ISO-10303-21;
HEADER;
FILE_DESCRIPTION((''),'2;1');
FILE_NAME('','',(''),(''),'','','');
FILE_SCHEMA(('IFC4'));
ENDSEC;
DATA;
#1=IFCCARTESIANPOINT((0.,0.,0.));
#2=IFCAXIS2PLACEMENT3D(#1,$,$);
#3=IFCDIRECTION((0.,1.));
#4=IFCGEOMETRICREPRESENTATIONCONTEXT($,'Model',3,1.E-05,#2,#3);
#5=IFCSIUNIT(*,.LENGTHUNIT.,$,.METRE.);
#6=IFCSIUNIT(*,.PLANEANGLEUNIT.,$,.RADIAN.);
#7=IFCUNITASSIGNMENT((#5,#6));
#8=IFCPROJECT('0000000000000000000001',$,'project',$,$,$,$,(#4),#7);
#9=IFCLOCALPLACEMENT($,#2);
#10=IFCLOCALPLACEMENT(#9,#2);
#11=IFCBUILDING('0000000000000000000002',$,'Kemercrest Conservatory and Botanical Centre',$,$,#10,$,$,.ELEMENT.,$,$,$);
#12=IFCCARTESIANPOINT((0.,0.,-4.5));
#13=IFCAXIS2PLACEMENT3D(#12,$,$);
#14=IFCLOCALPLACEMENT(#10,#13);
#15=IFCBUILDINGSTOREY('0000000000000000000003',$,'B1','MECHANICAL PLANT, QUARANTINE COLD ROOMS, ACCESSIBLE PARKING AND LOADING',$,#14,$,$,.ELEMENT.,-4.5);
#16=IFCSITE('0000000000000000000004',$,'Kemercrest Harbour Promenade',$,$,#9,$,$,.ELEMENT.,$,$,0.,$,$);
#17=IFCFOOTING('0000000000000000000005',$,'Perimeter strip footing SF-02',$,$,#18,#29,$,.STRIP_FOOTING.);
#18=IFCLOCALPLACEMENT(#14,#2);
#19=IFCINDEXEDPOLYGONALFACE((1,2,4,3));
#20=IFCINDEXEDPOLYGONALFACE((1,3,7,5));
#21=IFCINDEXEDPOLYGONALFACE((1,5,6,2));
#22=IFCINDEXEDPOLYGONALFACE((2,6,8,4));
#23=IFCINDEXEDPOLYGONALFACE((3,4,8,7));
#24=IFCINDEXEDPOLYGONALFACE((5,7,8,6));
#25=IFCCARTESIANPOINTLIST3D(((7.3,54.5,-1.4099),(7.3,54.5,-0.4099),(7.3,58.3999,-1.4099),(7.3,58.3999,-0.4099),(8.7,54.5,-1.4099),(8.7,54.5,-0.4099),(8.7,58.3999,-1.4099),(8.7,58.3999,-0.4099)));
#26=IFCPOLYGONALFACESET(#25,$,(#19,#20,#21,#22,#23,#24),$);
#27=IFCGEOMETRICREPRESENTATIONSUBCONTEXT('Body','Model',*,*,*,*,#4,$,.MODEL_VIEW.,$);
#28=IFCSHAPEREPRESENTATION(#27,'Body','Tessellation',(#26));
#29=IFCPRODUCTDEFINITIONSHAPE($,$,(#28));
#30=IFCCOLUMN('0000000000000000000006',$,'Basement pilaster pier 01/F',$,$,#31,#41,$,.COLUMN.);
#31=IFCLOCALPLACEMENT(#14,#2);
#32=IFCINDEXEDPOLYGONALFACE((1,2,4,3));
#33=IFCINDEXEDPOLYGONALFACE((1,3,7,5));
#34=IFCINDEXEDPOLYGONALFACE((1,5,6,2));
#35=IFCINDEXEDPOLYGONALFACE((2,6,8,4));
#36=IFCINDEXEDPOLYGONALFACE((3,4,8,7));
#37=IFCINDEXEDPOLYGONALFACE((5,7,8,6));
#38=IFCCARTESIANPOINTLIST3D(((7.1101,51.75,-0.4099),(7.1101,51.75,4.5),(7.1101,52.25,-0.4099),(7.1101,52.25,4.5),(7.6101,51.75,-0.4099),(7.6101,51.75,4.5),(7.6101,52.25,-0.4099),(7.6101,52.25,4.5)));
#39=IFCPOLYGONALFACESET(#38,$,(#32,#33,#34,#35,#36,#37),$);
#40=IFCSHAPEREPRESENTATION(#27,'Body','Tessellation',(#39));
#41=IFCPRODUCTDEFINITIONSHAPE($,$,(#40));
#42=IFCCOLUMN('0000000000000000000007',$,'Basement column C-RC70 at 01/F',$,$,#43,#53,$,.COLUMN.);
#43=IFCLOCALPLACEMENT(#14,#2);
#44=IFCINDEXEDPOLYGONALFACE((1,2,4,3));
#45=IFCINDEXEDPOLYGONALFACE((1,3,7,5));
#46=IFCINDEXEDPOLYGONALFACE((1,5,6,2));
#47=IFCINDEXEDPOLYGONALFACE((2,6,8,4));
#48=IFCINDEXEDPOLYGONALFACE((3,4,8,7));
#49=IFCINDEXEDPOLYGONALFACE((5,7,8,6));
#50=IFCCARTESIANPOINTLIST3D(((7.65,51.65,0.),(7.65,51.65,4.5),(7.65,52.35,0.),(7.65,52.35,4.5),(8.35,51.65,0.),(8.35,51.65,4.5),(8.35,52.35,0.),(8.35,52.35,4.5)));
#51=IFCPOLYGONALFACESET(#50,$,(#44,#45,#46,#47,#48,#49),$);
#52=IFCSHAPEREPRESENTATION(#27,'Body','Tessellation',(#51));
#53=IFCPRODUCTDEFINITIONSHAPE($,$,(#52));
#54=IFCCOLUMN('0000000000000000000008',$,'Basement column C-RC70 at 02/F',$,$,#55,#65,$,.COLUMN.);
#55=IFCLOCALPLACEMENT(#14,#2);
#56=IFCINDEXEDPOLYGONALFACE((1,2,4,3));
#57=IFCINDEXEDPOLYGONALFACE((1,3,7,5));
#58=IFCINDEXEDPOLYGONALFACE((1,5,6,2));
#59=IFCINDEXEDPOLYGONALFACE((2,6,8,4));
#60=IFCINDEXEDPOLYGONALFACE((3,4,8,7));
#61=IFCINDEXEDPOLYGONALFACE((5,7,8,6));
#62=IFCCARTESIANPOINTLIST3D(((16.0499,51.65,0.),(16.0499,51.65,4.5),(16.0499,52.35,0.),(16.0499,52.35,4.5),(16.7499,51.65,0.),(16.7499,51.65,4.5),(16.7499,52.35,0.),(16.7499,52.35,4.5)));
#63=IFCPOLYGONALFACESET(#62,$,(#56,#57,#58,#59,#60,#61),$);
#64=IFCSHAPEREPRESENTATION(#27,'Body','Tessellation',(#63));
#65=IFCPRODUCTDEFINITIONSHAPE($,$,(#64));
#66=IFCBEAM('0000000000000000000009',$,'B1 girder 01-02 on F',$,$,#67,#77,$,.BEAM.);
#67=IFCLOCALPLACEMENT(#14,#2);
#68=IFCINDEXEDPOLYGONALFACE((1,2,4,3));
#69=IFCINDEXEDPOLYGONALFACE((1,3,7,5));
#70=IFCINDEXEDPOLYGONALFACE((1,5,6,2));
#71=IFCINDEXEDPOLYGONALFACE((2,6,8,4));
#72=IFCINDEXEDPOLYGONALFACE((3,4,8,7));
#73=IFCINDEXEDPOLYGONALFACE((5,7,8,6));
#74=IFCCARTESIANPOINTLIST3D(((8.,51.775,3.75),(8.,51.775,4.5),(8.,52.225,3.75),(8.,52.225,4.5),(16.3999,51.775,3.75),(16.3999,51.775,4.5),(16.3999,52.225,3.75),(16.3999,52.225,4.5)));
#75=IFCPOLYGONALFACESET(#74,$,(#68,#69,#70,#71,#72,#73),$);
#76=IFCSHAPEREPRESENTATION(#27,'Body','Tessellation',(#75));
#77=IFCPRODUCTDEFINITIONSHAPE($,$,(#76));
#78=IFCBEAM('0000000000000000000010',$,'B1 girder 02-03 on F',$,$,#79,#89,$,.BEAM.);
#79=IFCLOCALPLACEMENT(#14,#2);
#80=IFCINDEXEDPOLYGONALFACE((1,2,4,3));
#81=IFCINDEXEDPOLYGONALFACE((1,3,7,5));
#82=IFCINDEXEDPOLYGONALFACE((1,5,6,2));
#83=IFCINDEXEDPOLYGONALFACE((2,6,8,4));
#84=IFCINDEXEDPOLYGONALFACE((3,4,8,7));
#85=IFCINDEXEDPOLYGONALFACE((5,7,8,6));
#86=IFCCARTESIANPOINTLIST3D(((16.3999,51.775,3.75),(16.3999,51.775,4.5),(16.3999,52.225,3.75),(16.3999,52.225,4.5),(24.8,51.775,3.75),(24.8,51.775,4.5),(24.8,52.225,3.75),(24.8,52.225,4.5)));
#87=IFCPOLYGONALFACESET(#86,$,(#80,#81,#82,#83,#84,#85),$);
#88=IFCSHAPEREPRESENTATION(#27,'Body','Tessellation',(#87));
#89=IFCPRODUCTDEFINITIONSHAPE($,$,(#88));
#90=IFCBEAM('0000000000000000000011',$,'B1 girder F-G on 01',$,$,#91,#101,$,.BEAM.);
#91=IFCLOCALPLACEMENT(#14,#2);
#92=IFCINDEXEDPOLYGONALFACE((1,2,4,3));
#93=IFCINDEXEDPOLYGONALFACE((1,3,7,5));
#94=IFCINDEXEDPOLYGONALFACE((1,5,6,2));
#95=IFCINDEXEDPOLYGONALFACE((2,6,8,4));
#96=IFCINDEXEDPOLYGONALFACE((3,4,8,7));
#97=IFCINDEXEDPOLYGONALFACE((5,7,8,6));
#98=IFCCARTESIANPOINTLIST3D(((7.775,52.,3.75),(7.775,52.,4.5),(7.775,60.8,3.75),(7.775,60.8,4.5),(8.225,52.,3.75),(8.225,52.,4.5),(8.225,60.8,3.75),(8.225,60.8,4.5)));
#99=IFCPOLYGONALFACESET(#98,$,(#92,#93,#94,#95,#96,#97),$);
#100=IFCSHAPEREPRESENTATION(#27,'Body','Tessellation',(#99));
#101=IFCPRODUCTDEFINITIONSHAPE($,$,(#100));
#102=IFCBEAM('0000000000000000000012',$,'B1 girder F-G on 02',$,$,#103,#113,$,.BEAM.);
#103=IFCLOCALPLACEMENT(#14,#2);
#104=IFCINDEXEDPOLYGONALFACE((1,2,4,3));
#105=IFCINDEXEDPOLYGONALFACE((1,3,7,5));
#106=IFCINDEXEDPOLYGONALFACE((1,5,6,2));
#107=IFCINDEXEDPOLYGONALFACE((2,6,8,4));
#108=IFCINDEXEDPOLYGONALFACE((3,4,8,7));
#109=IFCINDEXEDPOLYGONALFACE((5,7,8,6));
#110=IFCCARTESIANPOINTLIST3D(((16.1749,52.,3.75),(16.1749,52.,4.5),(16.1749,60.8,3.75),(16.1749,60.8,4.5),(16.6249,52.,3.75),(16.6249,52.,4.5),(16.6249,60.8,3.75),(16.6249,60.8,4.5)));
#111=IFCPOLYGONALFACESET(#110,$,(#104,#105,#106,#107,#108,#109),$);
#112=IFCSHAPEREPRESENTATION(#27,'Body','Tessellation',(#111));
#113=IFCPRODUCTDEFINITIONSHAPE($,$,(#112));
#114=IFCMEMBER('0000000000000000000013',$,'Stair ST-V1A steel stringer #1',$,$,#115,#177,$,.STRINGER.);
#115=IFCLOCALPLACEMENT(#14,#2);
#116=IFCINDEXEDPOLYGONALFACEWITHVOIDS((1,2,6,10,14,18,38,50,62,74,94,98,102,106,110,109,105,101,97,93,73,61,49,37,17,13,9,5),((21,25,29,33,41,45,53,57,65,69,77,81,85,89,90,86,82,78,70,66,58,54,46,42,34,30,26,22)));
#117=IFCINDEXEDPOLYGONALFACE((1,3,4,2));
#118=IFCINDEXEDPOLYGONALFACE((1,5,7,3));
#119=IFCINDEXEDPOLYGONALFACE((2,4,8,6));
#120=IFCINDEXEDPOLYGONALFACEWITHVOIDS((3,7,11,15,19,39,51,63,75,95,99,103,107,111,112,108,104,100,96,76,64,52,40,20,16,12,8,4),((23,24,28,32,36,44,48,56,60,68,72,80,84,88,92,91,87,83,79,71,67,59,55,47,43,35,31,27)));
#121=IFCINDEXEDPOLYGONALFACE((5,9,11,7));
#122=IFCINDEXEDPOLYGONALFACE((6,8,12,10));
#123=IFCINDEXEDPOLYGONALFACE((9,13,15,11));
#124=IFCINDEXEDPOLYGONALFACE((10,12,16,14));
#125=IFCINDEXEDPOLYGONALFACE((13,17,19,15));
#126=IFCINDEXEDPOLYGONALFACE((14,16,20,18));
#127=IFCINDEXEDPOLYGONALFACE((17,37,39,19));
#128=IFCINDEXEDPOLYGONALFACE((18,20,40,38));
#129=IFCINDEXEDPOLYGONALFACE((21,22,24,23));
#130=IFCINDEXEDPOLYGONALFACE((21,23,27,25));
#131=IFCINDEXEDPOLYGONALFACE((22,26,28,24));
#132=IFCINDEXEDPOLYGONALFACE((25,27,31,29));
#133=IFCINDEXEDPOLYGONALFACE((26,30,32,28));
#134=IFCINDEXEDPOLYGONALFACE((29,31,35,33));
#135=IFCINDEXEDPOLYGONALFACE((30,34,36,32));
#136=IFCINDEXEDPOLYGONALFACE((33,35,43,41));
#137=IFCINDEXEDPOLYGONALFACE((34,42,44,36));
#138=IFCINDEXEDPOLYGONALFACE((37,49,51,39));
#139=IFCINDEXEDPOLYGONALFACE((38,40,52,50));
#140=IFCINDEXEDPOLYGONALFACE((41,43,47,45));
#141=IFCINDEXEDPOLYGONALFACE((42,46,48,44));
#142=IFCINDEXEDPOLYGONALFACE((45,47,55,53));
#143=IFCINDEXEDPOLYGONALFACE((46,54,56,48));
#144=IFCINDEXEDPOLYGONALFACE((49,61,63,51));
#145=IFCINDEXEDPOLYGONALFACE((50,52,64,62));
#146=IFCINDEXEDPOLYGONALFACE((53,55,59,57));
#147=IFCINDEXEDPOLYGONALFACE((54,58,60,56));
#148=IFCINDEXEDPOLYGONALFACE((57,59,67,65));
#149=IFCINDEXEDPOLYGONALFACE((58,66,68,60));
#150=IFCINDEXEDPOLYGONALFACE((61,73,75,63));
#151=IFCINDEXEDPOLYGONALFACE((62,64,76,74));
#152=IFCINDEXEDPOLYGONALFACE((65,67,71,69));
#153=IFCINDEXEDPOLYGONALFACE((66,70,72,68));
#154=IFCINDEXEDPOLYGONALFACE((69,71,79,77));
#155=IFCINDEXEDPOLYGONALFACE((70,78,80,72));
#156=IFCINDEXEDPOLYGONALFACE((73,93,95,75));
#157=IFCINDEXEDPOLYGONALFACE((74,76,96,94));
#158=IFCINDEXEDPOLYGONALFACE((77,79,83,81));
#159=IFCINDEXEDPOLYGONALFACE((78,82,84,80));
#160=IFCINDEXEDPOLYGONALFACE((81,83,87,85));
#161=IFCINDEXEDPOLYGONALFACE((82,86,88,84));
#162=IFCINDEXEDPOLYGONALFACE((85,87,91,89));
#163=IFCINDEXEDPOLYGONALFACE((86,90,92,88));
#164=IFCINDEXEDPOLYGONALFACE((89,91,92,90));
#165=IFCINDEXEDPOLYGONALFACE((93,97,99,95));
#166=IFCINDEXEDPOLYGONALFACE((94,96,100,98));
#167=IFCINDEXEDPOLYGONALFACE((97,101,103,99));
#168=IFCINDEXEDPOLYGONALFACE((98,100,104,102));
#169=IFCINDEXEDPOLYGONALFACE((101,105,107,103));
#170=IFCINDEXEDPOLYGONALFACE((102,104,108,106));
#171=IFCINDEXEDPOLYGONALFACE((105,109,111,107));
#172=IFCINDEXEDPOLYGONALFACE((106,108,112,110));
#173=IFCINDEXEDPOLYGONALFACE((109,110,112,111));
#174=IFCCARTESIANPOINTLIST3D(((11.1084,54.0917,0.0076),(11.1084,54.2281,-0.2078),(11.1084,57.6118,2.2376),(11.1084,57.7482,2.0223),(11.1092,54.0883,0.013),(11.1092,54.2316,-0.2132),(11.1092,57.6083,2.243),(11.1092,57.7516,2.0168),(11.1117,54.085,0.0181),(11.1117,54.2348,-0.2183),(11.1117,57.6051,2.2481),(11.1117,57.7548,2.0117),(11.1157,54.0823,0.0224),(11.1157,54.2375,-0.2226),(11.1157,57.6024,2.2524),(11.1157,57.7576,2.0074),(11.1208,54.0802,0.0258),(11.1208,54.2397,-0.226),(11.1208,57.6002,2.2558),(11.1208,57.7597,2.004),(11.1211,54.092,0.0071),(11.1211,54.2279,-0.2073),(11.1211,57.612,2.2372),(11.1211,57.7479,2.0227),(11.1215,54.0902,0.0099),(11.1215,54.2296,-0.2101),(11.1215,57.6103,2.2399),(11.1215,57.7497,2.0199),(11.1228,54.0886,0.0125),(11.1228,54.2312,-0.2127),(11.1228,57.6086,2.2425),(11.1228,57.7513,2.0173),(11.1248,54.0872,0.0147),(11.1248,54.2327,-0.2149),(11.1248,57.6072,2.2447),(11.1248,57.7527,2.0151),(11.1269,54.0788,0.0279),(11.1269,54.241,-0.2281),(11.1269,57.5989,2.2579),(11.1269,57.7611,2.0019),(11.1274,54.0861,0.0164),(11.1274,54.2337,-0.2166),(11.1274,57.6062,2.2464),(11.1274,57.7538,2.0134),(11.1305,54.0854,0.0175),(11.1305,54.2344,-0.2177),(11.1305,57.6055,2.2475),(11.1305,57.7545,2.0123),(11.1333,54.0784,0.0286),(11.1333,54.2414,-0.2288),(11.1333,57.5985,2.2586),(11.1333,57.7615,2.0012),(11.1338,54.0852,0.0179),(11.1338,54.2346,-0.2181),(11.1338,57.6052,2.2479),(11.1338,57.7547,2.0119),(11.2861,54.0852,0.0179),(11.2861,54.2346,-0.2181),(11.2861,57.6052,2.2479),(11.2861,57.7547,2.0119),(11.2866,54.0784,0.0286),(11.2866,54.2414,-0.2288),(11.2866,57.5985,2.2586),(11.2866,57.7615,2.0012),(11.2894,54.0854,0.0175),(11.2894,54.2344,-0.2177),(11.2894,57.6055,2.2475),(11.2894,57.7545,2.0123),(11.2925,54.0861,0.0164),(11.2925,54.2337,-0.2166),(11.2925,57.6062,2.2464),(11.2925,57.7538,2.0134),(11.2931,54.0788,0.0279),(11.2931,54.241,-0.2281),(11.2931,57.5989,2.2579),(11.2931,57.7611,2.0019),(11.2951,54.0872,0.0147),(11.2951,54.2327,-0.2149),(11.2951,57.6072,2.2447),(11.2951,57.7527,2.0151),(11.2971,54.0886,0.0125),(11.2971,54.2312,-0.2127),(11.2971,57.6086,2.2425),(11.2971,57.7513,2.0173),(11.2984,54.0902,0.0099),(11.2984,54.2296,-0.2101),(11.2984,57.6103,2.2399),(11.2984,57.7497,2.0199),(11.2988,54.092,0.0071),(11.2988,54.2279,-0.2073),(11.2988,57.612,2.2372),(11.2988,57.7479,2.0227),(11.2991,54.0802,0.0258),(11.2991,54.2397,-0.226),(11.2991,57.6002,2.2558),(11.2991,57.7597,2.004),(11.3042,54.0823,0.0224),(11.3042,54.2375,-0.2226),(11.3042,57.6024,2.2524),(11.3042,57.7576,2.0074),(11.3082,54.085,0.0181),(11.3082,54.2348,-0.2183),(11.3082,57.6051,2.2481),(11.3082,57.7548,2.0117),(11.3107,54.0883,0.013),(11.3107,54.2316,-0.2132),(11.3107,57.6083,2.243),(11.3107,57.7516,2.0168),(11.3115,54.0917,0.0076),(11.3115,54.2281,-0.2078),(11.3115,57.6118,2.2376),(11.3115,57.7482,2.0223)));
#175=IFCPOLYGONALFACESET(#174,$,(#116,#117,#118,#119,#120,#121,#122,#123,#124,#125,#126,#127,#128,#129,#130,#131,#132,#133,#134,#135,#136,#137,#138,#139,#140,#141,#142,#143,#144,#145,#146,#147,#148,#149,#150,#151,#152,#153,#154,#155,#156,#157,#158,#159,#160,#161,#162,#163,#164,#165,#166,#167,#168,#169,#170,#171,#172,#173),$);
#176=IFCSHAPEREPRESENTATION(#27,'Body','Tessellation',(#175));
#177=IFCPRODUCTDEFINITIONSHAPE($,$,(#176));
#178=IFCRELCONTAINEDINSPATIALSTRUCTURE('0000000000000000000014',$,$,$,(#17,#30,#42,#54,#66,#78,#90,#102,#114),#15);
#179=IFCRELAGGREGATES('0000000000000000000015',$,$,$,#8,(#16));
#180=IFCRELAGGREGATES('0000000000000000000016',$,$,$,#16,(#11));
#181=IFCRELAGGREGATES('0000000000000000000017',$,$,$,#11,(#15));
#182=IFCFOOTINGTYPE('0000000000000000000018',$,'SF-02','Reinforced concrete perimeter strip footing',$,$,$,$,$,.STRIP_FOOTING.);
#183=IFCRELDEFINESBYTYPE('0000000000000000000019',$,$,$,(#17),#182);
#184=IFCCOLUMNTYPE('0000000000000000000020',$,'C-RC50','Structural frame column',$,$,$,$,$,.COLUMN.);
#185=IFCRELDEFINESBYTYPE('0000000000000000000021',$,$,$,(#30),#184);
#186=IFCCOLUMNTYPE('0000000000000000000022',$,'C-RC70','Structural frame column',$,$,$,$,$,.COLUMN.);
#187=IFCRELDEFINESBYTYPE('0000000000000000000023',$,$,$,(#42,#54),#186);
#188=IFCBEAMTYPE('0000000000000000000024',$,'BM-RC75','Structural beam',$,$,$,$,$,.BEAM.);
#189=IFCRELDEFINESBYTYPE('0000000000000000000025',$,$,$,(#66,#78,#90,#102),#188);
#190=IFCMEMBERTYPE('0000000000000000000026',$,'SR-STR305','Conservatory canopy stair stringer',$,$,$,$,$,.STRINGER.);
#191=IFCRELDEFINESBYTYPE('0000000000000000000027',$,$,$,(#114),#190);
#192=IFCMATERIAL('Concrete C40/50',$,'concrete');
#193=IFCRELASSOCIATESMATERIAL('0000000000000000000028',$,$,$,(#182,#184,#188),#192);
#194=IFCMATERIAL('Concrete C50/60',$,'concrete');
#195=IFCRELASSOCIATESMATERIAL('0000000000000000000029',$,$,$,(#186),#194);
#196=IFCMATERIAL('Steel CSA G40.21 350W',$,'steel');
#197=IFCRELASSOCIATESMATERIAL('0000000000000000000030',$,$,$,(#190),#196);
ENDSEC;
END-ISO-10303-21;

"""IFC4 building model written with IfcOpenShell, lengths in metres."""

from ifc_helpers import new_model, si_unit, direction, frame, origin, origin_2d, place, context, subcontext, project, spatial, rectangle, hollow_rectangle, extrude, material, material_profile, profile_set, type_object, element, save


model = new_model("IFC4")

# Units and contexts
model_context = context("Model", 3, precision=1e-05, world=origin(), true_north=direction((0.0, 1.0)))
body_context = subcontext(model_context, "Body", "Model", "MODEL_VIEW")
ifc_project = project(units=[si_unit("LENGTHUNIT", "METRE"), si_unit("PLANEANGLEUNIT", "RADIAN")], contexts=[model_context])

# Site, building, storey
site_placement = place(None, origin())
site = spatial("IfcSite", under=ifc_project, at=site_placement, Name="Kemercrest Harbour Promenade", CompositionType="ELEMENT", RefElevation=0.0)
building_placement = place(site_placement, origin())
building = spatial("IfcBuilding", under=site, at=building_placement, Name="Kemercrest Conservatory and Botanical Centre", CompositionType="ELEMENT")
storey_placement = place(building_placement, frame((0.0, 0.0, -4.5)))
storey = spatial("IfcBuildingStorey", under=building, at=storey_placement, Name="B1", Description="MECHANICAL PLANT, QUARANTINE COLD ROOMS, ACCESSIBLE PARKING AND LOADING", CompositionType="ELEMENT", Elevation=-4.5)

# Shared definitions
ifc_material_1 = material(Name="Concrete C40/50", Category="concrete")

# Footing
footing_type_1 = type_object("IfcFootingType", Name="SF-02", Description="Reinforced concrete perimeter strip footing", PredefinedType="STRIP_FOOTING", material=ifc_material_1)
footing_1_placement = place(storey_placement, frame((8.0, 56.45, -1.4099), z_axis=(0.0, 0.0, 1.0), x_axis=(1.0, 0.0, 0.0)))
element("IfcFooting", 1, at=footing_1_placement, inside=storey, type_object=footing_type_1, Name="Perimeter strip footing SF-02", PredefinedType="STRIP_FOOTING", context=body_context, shape_type="SweptSolid", body=[
    extrude(rectangle(XDim=1.3999, YDim=3.8999, at=origin_2d()), origin(), (0.0, 0.0, 1.0), 1.0),
])

# Columns
ifc_material_profile_1 = material_profile(ifc_material_1, rectangle(XDim=0.5, YDim=0.5, at=origin_2d()), Name="RC 500x500")
ifc_profile_set_1 = profile_set([ifc_material_profile_1], Name="Concrete C40/50")
column_type_1 = type_object("IfcColumnType", Name="C-RC50", Description="Structural frame column", PredefinedType="COLUMN", material=ifc_profile_set_1)
column_placement = place(storey_placement, frame((7.3601, 52.0, -0.4099), z_axis=(0.0, 0.0, 1.0), x_axis=(1.0, 0.0, 0.0)))
element("IfcColumn", 2, at=column_placement, inside=storey, type_object=column_type_1, Name="Basement pilaster pier 01/F", PredefinedType="COLUMN", context=body_context, shape_type="SweptSolid", body=[
    extrude(rectangle(XDim=0.5, YDim=0.5, at=origin_2d()), origin(), (0.0, 0.0, 1.0), 4.9099),
])
ifc_material_2 = material(Name="Concrete C50/60", Category="concrete")
ifc_material_profile_2 = material_profile(ifc_material_2, rectangle(XDim=0.7, YDim=0.7, at=origin_2d()), Name="RC 700x700")
ifc_profile_set_2 = profile_set([ifc_material_profile_2], Name="Concrete C50/60")
column_type_2 = type_object("IfcColumnType", Name="C-RC70", Description="Structural frame column", PredefinedType="COLUMN", material=ifc_profile_set_2)
for number, where, z_axis, x_axis, name in (
    (3, (8.0, 52.0, 0.0), (0.0, 0.0, 1.0), (1.0, 0.0, 0.0), "Basement column C-RC70 at 01/F"),
    (4, (16.3999, 52.0, 0.0), (0.0, 0.0, 1.0), (1.0, 0.0, 0.0), "Basement column C-RC70 at 02/F"),
):
    element("IfcColumn", number, at=place(storey_placement, frame(where, z_axis=z_axis, x_axis=x_axis)), inside=storey, type_object=column_type_2, Name=name, PredefinedType="COLUMN", context=body_context, shape_type="SweptSolid", body=[
        extrude(rectangle(XDim=0.7, YDim=0.7, at=origin_2d()), origin(), (0.0, 0.0, 1.0), 4.5),
    ])

# Beams
ifc_material_profile_3 = material_profile(ifc_material_1, rectangle(XDim=0.45, YDim=0.75, at=origin_2d()), Name="RC 450x750")
ifc_profile_set_3 = profile_set([ifc_material_profile_3], Name="Concrete C40/50")
beam_type = type_object("IfcBeamType", Name="BM-RC75", Description="Structural beam", PredefinedType="BEAM", material=ifc_profile_set_3)
beam_1_placement = place(storey_placement, frame((8.0, 52.0, 4.125), z_axis=(1.0, 0.0, 0.0), x_axis=(0.0, 1.0, 0.0)))
element("IfcBeam", 5, at=beam_1_placement, inside=storey, type_object=beam_type, Name="B1 girder 01-02 on F", PredefinedType="BEAM", context=body_context, shape_type="SweptSolid", body=[
    extrude(rectangle(XDim=0.45, YDim=0.75, at=origin_2d()), origin(), (0.0, 0.0, 1.0), 8.3999),
])
beam_2_placement = place(storey_placement, frame((16.3999, 52.0, 4.125), z_axis=(1.0, 0.0, 0.0), x_axis=(0.0, 1.0, 0.0)))
element("IfcBeam", 6, at=beam_2_placement, inside=storey, type_object=beam_type, Name="B1 girder 02-03 on F", PredefinedType="BEAM", context=body_context, shape_type="SweptSolid", body=[
    extrude(rectangle(XDim=0.45, YDim=0.75, at=origin_2d()), origin(), (0.0, 0.0, 1.0), 8.4001),
])
for number, where, z_axis, x_axis, name in (
    (7, (8.0, 52.0, 4.125), (0.0, 1.0, 0.0), (-1.0, 0.0, 0.0), "B1 girder F-G on 01"),
    (8, (16.3999, 52.0, 4.125), (0.0, 1.0, 0.0), (-1.0, 0.0, 0.0), "B1 girder F-G on 02"),
):
    element("IfcBeam", number, at=place(storey_placement, frame(where, z_axis=z_axis, x_axis=x_axis)), inside=storey, type_object=beam_type, Name=name, PredefinedType="BEAM", context=body_context, shape_type="SweptSolid", body=[
        extrude(rectangle(XDim=0.45, YDim=0.75, at=origin_2d()), origin(), (0.0, 0.0, 1.0), 8.8),
    ])

# Member
ifc_material_3 = material(Name="Steel CSA G40.21 350W", Category="steel")
ifc_material_profile_4 = material_profile(ifc_material_3, hollow_rectangle(XDim=0.2031, YDim=0.3047, WallThickness=0.0127, InnerFilletRadius=0.0127, OuterFilletRadius=0.0249, at=origin_2d()), Name="HSS 305x203x12.7")
ifc_profile_set_4 = profile_set([ifc_material_profile_4], Name="Steel CSA G40.21 350W")
member_type = type_object("IfcMemberType", Name="SR-STR305", Description="Conservatory canopy stair stringer", PredefinedType="STRINGER", material=ifc_profile_set_4)
for number, where, z_axis, x_axis, name in (
    (9, (11.21, 54.1599, -0.1001), (0.0, 0.84475, 0.535161), (-1.0, 0.0, 0.0), "Stair ST-V1A steel stringer #1"),
):
    element("IfcMember", number, at=place(storey_placement, frame(where, z_axis=z_axis, x_axis=x_axis)), inside=storey, type_object=member_type, Name=name, PredefinedType="STRINGER", context=body_context, shape_type="SweptSolid", body=[
        extrude(hollow_rectangle(XDim=0.2031, YDim=0.3047, WallThickness=0.0127, InnerFilletRadius=0.0127, OuterFilletRadius=0.0249, at=origin_2d()), origin(), (0.0, 0.0, 1.0), 4.167),
    ])

save(model, "model.ifc")
